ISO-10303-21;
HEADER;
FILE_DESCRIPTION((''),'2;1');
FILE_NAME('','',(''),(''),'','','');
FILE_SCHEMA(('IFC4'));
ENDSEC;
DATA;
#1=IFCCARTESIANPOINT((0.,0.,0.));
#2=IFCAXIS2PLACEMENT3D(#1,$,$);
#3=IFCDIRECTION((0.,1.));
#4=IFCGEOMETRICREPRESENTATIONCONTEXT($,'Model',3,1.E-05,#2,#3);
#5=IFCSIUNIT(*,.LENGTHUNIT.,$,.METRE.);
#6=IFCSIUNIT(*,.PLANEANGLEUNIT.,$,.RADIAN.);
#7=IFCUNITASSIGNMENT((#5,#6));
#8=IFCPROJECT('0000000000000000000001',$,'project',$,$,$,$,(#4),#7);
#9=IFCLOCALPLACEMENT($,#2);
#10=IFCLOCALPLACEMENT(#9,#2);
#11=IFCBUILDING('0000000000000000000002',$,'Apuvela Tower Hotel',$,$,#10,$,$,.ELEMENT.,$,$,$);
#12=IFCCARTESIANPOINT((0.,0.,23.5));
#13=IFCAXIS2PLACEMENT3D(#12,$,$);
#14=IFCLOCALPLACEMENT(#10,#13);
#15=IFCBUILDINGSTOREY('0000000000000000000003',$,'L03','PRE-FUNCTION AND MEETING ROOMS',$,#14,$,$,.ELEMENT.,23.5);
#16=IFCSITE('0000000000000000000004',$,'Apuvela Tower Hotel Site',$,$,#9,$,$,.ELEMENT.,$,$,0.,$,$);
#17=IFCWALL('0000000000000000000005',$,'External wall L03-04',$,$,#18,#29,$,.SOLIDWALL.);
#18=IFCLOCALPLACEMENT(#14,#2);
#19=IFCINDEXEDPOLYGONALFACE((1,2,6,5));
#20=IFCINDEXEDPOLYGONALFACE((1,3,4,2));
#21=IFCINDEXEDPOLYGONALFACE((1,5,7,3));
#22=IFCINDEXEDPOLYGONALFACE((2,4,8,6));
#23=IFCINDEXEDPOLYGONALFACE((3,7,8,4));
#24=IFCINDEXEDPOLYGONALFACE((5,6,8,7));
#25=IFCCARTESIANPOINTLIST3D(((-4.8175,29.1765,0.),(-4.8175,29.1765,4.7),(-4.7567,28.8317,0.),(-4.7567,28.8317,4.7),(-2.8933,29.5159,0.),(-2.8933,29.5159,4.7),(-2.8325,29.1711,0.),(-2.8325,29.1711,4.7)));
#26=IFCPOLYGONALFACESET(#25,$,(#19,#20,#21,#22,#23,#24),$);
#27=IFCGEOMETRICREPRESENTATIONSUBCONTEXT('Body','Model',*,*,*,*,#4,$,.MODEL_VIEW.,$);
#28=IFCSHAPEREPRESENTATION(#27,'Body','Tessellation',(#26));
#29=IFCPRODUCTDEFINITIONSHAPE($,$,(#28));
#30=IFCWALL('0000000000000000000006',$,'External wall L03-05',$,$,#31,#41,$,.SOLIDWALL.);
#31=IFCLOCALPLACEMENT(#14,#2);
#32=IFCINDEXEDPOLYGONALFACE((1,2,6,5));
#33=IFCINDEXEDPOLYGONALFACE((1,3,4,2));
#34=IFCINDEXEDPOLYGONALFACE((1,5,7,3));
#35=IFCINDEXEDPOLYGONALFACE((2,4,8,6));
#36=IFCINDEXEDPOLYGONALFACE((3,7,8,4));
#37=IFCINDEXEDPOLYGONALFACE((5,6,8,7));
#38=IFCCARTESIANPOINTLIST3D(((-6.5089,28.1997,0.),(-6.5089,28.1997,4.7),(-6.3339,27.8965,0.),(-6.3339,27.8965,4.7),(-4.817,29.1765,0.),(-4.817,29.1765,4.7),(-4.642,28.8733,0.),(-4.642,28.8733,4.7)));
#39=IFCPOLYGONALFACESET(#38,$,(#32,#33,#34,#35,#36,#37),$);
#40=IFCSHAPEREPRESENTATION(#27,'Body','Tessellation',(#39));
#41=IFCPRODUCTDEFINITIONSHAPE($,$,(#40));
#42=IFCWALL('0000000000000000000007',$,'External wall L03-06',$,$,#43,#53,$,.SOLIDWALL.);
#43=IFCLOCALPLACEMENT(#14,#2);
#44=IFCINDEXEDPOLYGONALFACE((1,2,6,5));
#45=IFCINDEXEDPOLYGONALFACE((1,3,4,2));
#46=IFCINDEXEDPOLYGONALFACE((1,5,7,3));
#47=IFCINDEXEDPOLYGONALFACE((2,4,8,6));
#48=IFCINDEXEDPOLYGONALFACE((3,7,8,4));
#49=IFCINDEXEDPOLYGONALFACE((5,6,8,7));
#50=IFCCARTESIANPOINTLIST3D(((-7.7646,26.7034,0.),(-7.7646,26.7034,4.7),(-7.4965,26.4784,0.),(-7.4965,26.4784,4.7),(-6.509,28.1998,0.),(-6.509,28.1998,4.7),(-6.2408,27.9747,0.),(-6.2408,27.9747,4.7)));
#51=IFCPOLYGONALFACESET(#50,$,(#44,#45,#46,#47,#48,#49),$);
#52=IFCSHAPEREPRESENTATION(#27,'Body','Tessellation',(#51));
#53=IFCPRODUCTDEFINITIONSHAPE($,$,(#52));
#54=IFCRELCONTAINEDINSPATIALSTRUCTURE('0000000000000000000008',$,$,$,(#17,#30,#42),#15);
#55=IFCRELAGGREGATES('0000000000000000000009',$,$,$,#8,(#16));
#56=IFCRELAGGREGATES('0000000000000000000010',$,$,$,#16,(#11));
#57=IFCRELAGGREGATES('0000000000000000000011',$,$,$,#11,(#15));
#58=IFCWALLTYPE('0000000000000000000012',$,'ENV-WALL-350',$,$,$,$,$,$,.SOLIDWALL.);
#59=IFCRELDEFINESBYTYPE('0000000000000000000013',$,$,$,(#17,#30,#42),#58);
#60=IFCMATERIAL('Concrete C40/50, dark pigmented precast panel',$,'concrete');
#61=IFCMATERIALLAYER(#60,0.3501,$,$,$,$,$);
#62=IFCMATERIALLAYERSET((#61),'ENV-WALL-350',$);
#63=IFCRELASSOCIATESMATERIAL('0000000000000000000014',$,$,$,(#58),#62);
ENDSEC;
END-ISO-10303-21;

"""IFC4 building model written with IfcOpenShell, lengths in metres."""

from ifc_helpers import new_model, si_unit, direction, frame, frame_2d, origin, place, context, subcontext, project, spatial, rectangle, extrude, material, layer, layer_set, type_object, element, save


model = new_model("IFC4")

# Units and contexts
model_context = context("Model", 3, precision=1e-05, world=origin(), true_north=direction((0.0, 1.0)))
body_context = subcontext(model_context, "Body", "Model", "MODEL_VIEW")
ifc_project = project(units=[si_unit("LENGTHUNIT", "METRE"), si_unit("PLANEANGLEUNIT", "RADIAN")], contexts=[model_context])

# Site, building, storey
site_placement = place(None, origin())
site = spatial("IfcSite", under=ifc_project, at=site_placement, Name="Apuvela Tower Hotel Site", CompositionType="ELEMENT", RefElevation=0.0)
building_placement = place(site_placement, origin())
building = spatial("IfcBuilding", under=site, at=building_placement, Name="Apuvela Tower Hotel", CompositionType="ELEMENT")
storey_placement = place(building_placement, frame((0.0, 0.0, 23.5)))
storey = spatial("IfcBuildingStorey", under=building, at=storey_placement, Name="L03", Description="PRE-FUNCTION AND MEETING ROOMS", CompositionType="ELEMENT", Elevation=23.5)

# Walls
ifc_material_1 = material(Name="Concrete C40/50, dark pigmented precast panel", Category="concrete")
ifc_layer_1 = layer(ifc_material_1, 0.3501)
ifc_layer_set_1 = layer_set([ifc_layer_1], Name="ENV-WALL-350")
wall_type_1 = type_object("IfcWallType", Name="ENV-WALL-350", PredefinedType="SOLIDWALL", material=ifc_layer_set_1)
wall_1_placement = place(storey_placement, frame((-2.8628, 29.3435, 0.0), z_axis=(0.0, 0.0, 1.0), x_axis=(-0.9848, -0.173693, 0.0)))
element("IfcWall", 1, at=wall_1_placement, inside=storey, type_object=wall_type_1, Name="External wall L03-04", PredefinedType="SOLIDWALL", context=body_context, shape_type="SweptSolid", body=[
    extrude(rectangle(XDim=1.9539, YDim=0.3501, at=frame_2d((0.9771, 0.0))), origin(), (0.0, 0.0, 1.0), 4.7),
])
wall_2_placement = place(storey_placement, frame((-4.7295, 29.0249, 0.0), z_axis=(0.0, 0.0, 1.0), x_axis=(-0.866027, -0.499996, 0.0)))
element("IfcWall", 2, at=wall_2_placement, inside=storey, type_object=wall_type_1, Name="External wall L03-05", PredefinedType="SOLIDWALL", context=body_context, shape_type="SweptSolid", body=[
    extrude(rectangle(XDim=1.9536, YDim=0.3501, at=frame_2d((0.9768, 0.0))), origin(), (0.0, 0.0, 1.0), 4.7),
])
wall_3_placement = place(storey_placement, frame((-6.375, 28.0872, 0.0), z_axis=(0.0, 0.0, 1.0), x_axis=(-0.642799, -0.766035, 0.0)))
element("IfcWall", 3, at=wall_3_placement, inside=storey, type_object=wall_type_1, Name="External wall L03-06", PredefinedType="SOLIDWALL", context=body_context, shape_type="SweptSolid", body=[
    extrude(rectangle(XDim=1.9534, YDim=0.3501, at=frame_2d((0.9766, 0.0))), origin(), (0.0, 0.0, 1.0), 4.7),
])

save(model, "model.ifc")
